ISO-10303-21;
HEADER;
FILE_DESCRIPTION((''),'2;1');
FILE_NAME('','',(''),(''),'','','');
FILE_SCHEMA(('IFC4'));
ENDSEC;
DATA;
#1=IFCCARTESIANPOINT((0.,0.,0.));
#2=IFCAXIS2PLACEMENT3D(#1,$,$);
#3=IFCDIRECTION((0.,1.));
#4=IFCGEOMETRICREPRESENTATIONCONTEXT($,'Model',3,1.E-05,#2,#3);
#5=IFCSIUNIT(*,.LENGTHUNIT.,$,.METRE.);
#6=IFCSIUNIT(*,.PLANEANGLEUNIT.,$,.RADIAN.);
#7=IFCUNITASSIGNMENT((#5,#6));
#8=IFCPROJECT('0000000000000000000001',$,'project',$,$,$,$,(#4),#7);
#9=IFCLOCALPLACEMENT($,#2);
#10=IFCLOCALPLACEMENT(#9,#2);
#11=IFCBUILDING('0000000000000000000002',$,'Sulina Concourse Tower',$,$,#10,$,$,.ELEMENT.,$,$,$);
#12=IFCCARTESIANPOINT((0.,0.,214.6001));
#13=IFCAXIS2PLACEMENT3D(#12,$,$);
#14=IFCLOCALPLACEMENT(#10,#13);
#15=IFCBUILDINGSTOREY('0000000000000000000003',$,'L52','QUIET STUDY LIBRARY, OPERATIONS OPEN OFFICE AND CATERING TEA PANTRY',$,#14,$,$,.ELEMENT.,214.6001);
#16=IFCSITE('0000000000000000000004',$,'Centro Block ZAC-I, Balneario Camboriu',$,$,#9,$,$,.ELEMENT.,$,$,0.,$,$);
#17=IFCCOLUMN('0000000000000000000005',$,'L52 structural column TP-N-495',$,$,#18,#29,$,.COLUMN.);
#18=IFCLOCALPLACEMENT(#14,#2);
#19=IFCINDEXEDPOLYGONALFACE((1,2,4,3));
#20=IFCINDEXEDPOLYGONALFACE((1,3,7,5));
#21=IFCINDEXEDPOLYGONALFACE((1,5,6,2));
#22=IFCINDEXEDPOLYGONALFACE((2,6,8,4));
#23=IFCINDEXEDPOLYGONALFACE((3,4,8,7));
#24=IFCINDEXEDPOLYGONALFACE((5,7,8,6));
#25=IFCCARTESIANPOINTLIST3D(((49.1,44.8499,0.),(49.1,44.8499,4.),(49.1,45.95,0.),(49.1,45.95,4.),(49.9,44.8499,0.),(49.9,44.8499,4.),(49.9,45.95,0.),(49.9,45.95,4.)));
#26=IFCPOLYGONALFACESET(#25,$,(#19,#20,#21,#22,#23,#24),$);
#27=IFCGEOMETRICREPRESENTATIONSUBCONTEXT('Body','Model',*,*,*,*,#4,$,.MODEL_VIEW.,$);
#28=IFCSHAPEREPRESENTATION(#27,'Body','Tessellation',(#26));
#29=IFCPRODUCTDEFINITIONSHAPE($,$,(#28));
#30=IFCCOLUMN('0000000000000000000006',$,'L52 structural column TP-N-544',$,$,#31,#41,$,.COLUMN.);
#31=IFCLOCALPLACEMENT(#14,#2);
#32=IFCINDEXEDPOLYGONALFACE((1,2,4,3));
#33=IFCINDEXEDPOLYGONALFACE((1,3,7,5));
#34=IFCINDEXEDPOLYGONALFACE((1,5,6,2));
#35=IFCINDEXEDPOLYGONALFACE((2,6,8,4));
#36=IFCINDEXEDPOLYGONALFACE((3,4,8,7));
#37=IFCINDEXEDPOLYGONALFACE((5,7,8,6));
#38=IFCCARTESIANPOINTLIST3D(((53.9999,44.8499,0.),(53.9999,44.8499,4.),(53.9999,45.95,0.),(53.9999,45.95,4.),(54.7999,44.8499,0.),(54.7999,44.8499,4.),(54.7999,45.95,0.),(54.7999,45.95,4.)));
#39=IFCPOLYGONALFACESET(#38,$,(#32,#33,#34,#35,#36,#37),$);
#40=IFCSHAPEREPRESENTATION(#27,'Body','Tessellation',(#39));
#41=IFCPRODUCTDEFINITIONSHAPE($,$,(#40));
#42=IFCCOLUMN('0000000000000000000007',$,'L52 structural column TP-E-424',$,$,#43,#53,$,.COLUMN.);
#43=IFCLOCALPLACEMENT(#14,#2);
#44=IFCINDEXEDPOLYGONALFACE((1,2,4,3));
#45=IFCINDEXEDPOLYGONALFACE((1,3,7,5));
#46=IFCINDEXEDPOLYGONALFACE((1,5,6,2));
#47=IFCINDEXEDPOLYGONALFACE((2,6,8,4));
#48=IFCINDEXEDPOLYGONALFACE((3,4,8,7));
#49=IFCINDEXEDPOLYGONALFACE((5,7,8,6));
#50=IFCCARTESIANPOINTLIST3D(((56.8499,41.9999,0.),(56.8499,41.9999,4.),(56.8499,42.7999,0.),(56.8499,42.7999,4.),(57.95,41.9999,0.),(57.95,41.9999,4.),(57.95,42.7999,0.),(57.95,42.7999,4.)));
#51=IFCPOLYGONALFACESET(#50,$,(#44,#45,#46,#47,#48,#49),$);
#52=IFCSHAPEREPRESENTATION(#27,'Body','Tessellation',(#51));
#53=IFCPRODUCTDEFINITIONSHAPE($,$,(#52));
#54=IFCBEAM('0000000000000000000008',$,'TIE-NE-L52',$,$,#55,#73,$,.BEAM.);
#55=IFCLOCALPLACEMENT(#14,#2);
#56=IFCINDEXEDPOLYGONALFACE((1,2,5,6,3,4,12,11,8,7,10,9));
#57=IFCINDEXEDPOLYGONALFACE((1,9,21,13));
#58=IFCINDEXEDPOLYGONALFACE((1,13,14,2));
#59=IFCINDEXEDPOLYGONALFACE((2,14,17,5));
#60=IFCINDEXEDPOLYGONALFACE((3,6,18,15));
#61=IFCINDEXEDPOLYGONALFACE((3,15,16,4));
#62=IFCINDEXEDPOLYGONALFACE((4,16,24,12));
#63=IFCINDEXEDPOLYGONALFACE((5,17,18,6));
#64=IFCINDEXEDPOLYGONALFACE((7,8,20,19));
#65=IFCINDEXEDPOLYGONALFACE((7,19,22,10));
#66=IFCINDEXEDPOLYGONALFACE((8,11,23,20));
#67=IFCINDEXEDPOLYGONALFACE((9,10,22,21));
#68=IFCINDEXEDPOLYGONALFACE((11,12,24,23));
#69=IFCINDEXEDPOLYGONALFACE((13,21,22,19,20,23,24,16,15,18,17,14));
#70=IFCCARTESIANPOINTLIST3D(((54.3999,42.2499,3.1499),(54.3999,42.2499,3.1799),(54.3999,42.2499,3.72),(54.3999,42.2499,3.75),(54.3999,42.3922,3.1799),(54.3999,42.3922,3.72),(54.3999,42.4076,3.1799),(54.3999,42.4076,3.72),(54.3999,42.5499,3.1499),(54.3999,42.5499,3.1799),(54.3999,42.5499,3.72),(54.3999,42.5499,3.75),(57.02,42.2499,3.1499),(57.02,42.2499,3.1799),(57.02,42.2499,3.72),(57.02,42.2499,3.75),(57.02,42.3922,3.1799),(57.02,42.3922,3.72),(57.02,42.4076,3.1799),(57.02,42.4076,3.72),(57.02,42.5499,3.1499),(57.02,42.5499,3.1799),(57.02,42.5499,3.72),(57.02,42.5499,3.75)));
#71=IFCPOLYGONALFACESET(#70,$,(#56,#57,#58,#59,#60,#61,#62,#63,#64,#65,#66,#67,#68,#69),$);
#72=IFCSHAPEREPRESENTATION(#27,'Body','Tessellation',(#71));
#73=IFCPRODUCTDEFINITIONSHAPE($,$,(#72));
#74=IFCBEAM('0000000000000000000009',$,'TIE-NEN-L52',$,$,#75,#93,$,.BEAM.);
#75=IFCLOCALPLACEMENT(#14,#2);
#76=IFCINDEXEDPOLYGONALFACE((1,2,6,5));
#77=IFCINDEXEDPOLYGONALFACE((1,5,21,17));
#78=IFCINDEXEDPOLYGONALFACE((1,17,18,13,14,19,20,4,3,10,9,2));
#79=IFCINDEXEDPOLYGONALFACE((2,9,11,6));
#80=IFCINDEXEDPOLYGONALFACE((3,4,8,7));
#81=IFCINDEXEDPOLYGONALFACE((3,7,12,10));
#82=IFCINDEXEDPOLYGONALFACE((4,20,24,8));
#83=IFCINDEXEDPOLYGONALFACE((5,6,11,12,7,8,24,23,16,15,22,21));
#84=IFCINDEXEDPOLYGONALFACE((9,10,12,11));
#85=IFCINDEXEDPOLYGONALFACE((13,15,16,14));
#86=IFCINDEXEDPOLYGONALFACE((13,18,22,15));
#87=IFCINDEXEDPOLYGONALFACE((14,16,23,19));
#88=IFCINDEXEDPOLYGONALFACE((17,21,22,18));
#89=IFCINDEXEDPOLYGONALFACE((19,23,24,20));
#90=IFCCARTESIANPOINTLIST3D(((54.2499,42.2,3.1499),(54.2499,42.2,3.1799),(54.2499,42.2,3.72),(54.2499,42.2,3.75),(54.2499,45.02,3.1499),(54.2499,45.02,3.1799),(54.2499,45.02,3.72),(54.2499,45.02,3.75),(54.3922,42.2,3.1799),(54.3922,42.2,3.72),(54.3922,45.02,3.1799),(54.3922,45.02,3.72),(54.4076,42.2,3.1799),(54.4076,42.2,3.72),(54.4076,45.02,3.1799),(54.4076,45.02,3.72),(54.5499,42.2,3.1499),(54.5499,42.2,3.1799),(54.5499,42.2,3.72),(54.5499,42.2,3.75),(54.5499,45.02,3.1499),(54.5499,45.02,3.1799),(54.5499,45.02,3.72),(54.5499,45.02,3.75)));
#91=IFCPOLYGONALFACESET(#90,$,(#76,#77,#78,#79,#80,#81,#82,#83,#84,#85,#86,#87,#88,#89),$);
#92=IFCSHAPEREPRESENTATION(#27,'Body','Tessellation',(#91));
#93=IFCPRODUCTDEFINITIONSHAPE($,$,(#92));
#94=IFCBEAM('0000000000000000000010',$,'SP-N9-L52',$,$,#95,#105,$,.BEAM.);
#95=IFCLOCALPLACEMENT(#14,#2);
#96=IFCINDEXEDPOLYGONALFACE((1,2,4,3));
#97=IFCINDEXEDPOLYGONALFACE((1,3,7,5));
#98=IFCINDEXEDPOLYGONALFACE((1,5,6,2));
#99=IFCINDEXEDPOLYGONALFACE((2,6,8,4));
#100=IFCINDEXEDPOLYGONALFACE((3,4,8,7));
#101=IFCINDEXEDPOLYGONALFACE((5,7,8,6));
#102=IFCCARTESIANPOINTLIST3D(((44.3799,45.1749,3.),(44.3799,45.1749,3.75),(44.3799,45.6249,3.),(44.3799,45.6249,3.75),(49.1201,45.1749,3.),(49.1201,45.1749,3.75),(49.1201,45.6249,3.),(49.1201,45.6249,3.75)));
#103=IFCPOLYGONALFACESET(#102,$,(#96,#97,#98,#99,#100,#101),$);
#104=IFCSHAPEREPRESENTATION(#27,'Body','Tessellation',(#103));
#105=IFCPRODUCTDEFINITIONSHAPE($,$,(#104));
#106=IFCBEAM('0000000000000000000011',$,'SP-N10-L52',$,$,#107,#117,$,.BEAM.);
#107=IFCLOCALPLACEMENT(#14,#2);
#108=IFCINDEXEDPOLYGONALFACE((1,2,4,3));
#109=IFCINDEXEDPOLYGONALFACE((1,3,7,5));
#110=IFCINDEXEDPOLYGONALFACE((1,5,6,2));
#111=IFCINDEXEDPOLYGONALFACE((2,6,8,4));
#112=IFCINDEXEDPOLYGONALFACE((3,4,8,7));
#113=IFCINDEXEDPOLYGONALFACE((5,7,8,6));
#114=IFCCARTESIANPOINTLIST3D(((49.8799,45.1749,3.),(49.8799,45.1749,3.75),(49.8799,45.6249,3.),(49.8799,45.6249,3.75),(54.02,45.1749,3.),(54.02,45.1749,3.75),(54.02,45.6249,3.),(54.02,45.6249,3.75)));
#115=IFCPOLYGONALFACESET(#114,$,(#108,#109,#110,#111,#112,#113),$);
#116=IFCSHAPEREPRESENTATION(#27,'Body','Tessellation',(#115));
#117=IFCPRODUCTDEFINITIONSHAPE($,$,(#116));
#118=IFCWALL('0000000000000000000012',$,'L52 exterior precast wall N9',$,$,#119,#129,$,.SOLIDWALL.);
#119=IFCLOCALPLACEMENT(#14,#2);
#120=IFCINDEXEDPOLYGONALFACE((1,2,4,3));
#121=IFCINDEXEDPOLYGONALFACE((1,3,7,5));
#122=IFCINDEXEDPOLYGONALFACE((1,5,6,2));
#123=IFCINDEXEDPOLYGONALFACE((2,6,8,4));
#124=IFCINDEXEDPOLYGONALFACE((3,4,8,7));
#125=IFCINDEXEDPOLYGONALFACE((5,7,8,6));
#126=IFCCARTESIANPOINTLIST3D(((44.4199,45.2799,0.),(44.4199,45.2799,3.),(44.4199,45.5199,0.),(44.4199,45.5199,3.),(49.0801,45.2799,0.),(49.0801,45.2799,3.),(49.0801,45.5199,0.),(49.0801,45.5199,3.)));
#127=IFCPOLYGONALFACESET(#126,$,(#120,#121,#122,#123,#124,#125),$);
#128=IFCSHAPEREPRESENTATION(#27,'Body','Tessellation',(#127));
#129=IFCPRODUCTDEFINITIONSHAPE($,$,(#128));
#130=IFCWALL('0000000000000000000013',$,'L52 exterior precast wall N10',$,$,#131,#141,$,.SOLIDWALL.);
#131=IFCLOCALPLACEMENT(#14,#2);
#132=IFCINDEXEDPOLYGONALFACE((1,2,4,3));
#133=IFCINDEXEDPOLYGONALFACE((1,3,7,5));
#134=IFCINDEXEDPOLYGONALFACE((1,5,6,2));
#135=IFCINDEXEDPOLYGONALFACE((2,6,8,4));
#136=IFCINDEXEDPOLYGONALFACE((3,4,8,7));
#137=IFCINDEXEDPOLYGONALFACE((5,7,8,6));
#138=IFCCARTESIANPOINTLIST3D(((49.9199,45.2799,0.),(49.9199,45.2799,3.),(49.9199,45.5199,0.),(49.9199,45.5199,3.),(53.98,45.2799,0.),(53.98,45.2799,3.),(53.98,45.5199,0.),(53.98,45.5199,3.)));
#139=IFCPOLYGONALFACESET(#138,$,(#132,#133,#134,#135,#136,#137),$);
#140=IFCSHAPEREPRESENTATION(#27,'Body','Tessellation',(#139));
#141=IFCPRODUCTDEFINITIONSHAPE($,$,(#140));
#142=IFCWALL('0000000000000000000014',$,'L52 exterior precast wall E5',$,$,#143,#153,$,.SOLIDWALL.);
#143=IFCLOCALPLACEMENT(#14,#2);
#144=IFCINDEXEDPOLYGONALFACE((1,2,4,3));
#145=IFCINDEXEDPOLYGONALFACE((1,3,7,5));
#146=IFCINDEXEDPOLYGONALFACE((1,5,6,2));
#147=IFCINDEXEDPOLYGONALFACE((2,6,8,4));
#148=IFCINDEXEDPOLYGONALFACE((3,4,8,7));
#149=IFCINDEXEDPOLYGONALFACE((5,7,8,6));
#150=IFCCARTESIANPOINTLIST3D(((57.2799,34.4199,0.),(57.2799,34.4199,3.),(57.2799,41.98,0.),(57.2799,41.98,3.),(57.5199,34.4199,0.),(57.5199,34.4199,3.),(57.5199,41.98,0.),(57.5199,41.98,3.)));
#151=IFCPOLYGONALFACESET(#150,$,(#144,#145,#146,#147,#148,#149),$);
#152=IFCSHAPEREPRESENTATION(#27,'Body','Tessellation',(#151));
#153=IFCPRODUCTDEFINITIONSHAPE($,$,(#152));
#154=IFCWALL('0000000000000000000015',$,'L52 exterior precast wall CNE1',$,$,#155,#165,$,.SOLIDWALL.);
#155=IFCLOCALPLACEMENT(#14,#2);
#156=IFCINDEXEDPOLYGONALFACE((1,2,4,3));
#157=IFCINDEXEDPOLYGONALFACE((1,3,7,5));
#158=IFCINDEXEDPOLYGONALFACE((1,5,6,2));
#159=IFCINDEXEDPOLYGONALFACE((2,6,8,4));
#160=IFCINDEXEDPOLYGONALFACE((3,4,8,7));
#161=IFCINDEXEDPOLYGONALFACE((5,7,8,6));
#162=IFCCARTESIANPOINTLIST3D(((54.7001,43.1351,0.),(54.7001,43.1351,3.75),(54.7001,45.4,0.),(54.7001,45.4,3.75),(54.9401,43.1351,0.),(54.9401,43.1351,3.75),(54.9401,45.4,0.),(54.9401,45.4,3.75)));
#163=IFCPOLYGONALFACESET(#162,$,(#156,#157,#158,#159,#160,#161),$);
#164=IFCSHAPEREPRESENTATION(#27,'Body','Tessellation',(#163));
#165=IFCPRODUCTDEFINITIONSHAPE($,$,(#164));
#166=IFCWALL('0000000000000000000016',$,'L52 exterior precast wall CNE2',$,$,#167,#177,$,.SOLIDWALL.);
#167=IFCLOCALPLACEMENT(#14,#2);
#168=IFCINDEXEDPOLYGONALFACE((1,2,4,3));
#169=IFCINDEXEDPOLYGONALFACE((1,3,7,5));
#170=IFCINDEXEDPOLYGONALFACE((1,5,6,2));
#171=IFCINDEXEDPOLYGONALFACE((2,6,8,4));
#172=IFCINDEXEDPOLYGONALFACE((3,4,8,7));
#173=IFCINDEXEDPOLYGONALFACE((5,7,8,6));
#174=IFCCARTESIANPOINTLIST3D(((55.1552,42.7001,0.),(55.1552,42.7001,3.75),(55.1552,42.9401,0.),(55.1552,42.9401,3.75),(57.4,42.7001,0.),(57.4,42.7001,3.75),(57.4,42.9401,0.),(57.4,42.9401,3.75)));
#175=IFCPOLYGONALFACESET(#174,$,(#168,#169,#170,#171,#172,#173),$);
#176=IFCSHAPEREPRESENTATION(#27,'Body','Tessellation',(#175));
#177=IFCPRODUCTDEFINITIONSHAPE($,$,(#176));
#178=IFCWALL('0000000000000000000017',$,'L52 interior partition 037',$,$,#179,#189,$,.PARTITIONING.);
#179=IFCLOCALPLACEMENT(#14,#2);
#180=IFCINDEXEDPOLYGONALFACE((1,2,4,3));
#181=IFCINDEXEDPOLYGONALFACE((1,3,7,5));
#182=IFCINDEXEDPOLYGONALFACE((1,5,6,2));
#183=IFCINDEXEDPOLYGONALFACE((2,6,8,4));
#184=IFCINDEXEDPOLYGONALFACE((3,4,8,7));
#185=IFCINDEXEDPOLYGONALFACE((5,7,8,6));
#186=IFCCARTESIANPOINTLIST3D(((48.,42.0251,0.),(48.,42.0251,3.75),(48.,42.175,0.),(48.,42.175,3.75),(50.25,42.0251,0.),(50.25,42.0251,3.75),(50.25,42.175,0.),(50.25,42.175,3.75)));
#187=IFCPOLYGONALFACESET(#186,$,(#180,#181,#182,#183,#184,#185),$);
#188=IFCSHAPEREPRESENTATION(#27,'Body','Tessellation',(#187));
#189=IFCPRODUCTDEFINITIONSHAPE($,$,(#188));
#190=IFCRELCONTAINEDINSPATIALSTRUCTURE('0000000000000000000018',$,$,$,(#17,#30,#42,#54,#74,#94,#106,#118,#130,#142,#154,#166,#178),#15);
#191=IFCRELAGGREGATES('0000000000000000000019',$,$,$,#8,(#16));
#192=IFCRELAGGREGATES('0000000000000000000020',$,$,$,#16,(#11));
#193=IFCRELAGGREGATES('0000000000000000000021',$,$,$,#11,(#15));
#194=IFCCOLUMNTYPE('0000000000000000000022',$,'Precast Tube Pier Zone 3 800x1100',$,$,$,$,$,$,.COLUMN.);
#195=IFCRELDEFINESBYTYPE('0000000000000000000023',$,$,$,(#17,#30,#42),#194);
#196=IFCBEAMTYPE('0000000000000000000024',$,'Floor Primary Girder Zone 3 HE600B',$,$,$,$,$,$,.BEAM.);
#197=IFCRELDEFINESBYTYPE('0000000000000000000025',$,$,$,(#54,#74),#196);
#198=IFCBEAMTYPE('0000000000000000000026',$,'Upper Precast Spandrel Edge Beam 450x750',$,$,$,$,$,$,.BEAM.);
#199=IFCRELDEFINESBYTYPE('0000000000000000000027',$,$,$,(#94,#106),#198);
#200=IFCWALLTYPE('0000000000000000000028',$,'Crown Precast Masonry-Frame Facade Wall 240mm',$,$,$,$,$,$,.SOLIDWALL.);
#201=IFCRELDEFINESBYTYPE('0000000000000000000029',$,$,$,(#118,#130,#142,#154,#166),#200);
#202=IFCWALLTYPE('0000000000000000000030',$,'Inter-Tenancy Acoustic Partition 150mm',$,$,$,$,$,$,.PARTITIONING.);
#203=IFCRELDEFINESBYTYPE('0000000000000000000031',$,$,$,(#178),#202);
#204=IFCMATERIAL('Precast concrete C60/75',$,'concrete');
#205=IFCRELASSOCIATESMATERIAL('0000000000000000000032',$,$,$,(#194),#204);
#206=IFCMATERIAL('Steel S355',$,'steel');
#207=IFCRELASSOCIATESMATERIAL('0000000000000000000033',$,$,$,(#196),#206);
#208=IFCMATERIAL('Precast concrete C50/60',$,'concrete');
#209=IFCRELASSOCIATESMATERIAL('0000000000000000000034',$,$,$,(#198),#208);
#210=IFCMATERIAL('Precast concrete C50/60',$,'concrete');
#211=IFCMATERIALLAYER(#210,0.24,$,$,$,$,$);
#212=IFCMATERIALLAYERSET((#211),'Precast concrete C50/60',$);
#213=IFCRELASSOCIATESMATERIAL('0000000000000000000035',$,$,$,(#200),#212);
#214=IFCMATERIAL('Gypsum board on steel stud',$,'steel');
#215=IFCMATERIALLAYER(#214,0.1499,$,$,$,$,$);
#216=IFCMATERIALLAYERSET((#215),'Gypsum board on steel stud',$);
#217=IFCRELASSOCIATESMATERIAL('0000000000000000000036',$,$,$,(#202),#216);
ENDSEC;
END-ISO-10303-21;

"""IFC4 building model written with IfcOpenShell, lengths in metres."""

from ifc_helpers import new_model, si_unit, direction, frame, frame_2d, origin, origin_2d, place, context, subcontext, project, spatial, rectangle, i_section, extrude, material, layer, layer_set, material_profile, profile_set, type_object, element, save


model = new_model("IFC4")

# Units and contexts
model_context = context("Model", 3, precision=1e-05, world=origin(), true_north=direction((0.0, 1.0)))
body_context = subcontext(model_context, "Body", "Model", "MODEL_VIEW")
ifc_project = project(units=[si_unit("LENGTHUNIT", "METRE"), si_unit("PLANEANGLEUNIT", "RADIAN")], contexts=[model_context])

# Site, building, storey
site_placement = place(None, origin())
site = spatial("IfcSite", under=ifc_project, at=site_placement, Name="Centro Block ZAC-I, Balneario Camboriu", CompositionType="ELEMENT", RefElevation=0.0)
building_placement = place(site_placement, origin())
building = spatial("IfcBuilding", under=site, at=building_placement, Name="Sulina Concourse Tower", CompositionType="ELEMENT")
storey_placement = place(building_placement, frame((0.0, 0.0, 214.6001)))
storey = spatial("IfcBuildingStorey", under=building, at=storey_placement, Name="L52", Description="QUIET STUDY LIBRARY, OPERATIONS OPEN OFFICE AND CATERING TEA PANTRY", CompositionType="ELEMENT", Elevation=214.6001)

# Columns
ifc_material_1 = material(Name="Precast concrete C60/75", Category="concrete")
ifc_material_profile_1 = material_profile(ifc_material_1, rectangle(XDim=0.8, YDim=1.1001, at=origin_2d()), Name="PC 800x1100")
ifc_profile_set_1 = profile_set([ifc_material_profile_1], Name="Precast concrete C60/75")
column_type = type_object("IfcColumnType", Name="Precast Tube Pier Zone 3 800x1100", PredefinedType="COLUMN", material=ifc_profile_set_1)
for number, where, z_axis, x_axis, name in (
    (1, (49.5, 45.3999, 0.0), (0.0, 0.0, 1.0), (1.0, 0.0, 0.0), "L52 structural column TP-N-495"),
    (2, (54.3999, 45.3999, 0.0), (0.0, 0.0, 1.0), (1.0, 0.0, 0.0), "L52 structural column TP-N-544"),
    (3, (57.3999, 42.3999, 0.0), (0.0, 0.0, 1.0), (0.0, 1.0, 0.0), "L52 structural column TP-E-424"),
):
    element("IfcColumn", number, at=place(storey_placement, frame(where, z_axis=z_axis, x_axis=x_axis)), inside=storey, type_object=column_type, Name=name, PredefinedType="COLUMN", context=body_context, shape_type="SweptSolid", body=[
        extrude(rectangle(XDim=0.8, YDim=1.1001, at=origin_2d()), origin(), (0.0, 0.0, 1.0), 4.0),
    ])

# Beams
ifc_material_2 = material(Name="Steel S355", Category="steel")
ifc_material_profile_2 = material_profile(ifc_material_2, i_section(OverallWidth=0.3, OverallDepth=0.6001, WebThickness=0.0154, FlangeThickness=0.03, at=origin_2d()), Name="HE 600 B")
ifc_profile_set_2 = profile_set([ifc_material_profile_2], Name="Steel S355")
beam_type_1 = type_object("IfcBeamType", Name="Floor Primary Girder Zone 3 HE600B", PredefinedType="BEAM", material=ifc_profile_set_2)
beam_1_placement = place(storey_placement, frame((54.3999, 42.3999, 3.45), z_axis=(1.0, 0.0, 0.0), x_axis=(0.0, 1.0, 0.0)))
element("IfcBeam", 4, at=beam_1_placement, inside=storey, type_object=beam_type_1, Name="TIE-NE-L52", PredefinedType="BEAM", context=body_context, shape_type="SweptSolid", body=[
    extrude(i_section(OverallWidth=0.3, OverallDepth=0.6001, WebThickness=0.0154, FlangeThickness=0.03, at=origin_2d()), origin(), (0.0, 0.0, 1.0), 2.6201),
])
beam_2_placement = place(storey_placement, frame((54.3999, 42.2, 3.45), z_axis=(0.0, 1.0, 0.0), x_axis=(-1.0, 0.0, 0.0)))
element("IfcBeam", 5, at=beam_2_placement, inside=storey, type_object=beam_type_1, Name="TIE-NEN-L52", PredefinedType="BEAM", context=body_context, shape_type="SweptSolid", body=[
    extrude(i_section(OverallWidth=0.3, OverallDepth=0.6001, WebThickness=0.0154, FlangeThickness=0.03, at=origin_2d()), origin(), (0.0, 0.0, 1.0), 2.8201),
])
ifc_material_3 = material(Name="Precast concrete C50/60", Category="concrete")
ifc_material_profile_3 = material_profile(ifc_material_3, rectangle(XDim=0.45, YDim=0.75, at=origin_2d()), Name="RC 450x750")
ifc_profile_set_3 = profile_set([ifc_material_profile_3], Name="Precast concrete C50/60")
beam_type_2 = type_object("IfcBeamType", Name="Upper Precast Spandrel Edge Beam 450x750", PredefinedType="BEAM", material=ifc_profile_set_3)
beam_3_placement = place(storey_placement, frame((44.3799, 45.3999, 3.375), z_axis=(1.0, 0.0, 0.0), x_axis=(0.0, 1.0, 0.0)))
element("IfcBeam", 6, at=beam_3_placement, inside=storey, type_object=beam_type_2, Name="SP-N9-L52", PredefinedType="BEAM", context=body_context, shape_type="SweptSolid", body=[
    extrude(rectangle(XDim=0.45, YDim=0.75, at=origin_2d()), origin(), (0.0, 0.0, 1.0), 4.7402),
])
beam_4_placement = place(storey_placement, frame((49.8799, 45.3999, 3.375), z_axis=(1.0, 0.0, 0.0), x_axis=(0.0, 1.0, 0.0)))
element("IfcBeam", 7, at=beam_4_placement, inside=storey, type_object=beam_type_2, Name="SP-N10-L52", PredefinedType="BEAM", context=body_context, shape_type="SweptSolid", body=[
    extrude(rectangle(XDim=0.45, YDim=0.75, at=origin_2d()), origin(), (0.0, 0.0, 1.0), 4.1401),
])

# Walls
ifc_material_4 = material(Name="Precast concrete C50/60", Category="concrete")
ifc_layer_1 = layer(ifc_material_4, 0.24)
ifc_layer_set_1 = layer_set([ifc_layer_1], Name="Precast concrete C50/60")
wall_type_1 = type_object("IfcWallType", Name="Crown Precast Masonry-Frame Facade Wall 240mm", PredefinedType="SOLIDWALL", material=ifc_layer_set_1)
wall_1_placement = place(storey_placement, frame((44.4199, 45.3999, 0.0), z_axis=(0.0, 0.0, 1.0), x_axis=(1.0, 0.0, 0.0)))
element("IfcWall", 8, at=wall_1_placement, inside=storey, type_object=wall_type_1, Name="L52 exterior precast wall N9", PredefinedType="SOLIDWALL", context=body_context, shape_type="SweptSolid", body=[
    extrude(rectangle(XDim=4.6602, YDim=0.24, at=frame_2d((2.3301, 0.0))), origin(), (0.0, 0.0, 1.0), 3.0),
])
wall_2_placement = place(storey_placement, frame((49.9199, 45.3999, 0.0), z_axis=(0.0, 0.0, 1.0), x_axis=(1.0, 0.0, 0.0)))
element("IfcWall", 9, at=wall_2_placement, inside=storey, type_object=wall_type_1, Name="L52 exterior precast wall N10", PredefinedType="SOLIDWALL", context=body_context, shape_type="SweptSolid", body=[
    extrude(rectangle(XDim=4.0601, YDim=0.24, at=frame_2d((2.03, 0.0))), origin(), (0.0, 0.0, 1.0), 3.0),
])
wall_3_placement = place(storey_placement, frame((57.3999, 41.98, 0.0), z_axis=(0.0, 0.0, 1.0), x_axis=(0.0, -1.0, 0.0)))
element("IfcWall", 10, at=wall_3_placement, inside=storey, type_object=wall_type_1, Name="L52 exterior precast wall E5", PredefinedType="SOLIDWALL", context=body_context, shape_type="SweptSolid", body=[
    extrude(rectangle(XDim=7.5601, YDim=0.24, at=frame_2d((3.78, 0.0))), origin(), (0.0, 0.0, 1.0), 3.0),
])
wall_4_placement = place(storey_placement, frame((54.8201, 45.3999, 0.0), z_axis=(0.0, 0.0, 1.0), x_axis=(0.0, -1.0, 0.0)))
element("IfcWall", 11, at=wall_4_placement, inside=storey, type_object=wall_type_1, Name="L52 exterior precast wall CNE1", PredefinedType="SOLIDWALL", context=body_context, shape_type="SweptSolid", body=[
    extrude(rectangle(XDim=2.2649, YDim=0.24, at=frame_2d((1.1323, 0.0))), origin(), (0.0, 0.0, 1.0), 3.75),
])
wall_5_placement = place(storey_placement, frame((55.155, 42.8201, 0.0), z_axis=(0.0, 0.0, 1.0), x_axis=(1.0, 0.0, 0.0)))
element("IfcWall", 12, at=wall_5_placement, inside=storey, type_object=wall_type_1, Name="L52 exterior precast wall CNE2", PredefinedType="SOLIDWALL", context=body_context, shape_type="SweptSolid", body=[
    extrude(rectangle(XDim=2.2449, YDim=0.24, at=frame_2d((1.1226, 0.0))), origin(), (0.0, 0.0, 1.0), 3.75),
])
ifc_material_5 = material(Name="Gypsum board on steel stud", Category="steel")
ifc_layer_2 = layer(ifc_material_5, 0.1499)
ifc_layer_set_2 = layer_set([ifc_layer_2], Name="Gypsum board on steel stud")
wall_type_2 = type_object("IfcWallType", Name="Inter-Tenancy Acoustic Partition 150mm", PredefinedType="PARTITIONING", material=ifc_layer_set_2)
wall_6_placement = place(storey_placement, frame((48.0, 42.1001, 0.0), z_axis=(0.0, 0.0, 1.0), x_axis=(1.0, 0.0, 0.0)))
element("IfcWall", 13, at=wall_6_placement, inside=storey, type_object=wall_type_2, Name="L52 interior partition 037", PredefinedType="PARTITIONING", context=body_context, shape_type="SweptSolid", body=[
    extrude(rectangle(XDim=2.25, YDim=0.1499, at=frame_2d((1.125, 0.0))), origin(), (0.0, 0.0, 1.0), 3.75),
])

save(model, "model.ifc")
